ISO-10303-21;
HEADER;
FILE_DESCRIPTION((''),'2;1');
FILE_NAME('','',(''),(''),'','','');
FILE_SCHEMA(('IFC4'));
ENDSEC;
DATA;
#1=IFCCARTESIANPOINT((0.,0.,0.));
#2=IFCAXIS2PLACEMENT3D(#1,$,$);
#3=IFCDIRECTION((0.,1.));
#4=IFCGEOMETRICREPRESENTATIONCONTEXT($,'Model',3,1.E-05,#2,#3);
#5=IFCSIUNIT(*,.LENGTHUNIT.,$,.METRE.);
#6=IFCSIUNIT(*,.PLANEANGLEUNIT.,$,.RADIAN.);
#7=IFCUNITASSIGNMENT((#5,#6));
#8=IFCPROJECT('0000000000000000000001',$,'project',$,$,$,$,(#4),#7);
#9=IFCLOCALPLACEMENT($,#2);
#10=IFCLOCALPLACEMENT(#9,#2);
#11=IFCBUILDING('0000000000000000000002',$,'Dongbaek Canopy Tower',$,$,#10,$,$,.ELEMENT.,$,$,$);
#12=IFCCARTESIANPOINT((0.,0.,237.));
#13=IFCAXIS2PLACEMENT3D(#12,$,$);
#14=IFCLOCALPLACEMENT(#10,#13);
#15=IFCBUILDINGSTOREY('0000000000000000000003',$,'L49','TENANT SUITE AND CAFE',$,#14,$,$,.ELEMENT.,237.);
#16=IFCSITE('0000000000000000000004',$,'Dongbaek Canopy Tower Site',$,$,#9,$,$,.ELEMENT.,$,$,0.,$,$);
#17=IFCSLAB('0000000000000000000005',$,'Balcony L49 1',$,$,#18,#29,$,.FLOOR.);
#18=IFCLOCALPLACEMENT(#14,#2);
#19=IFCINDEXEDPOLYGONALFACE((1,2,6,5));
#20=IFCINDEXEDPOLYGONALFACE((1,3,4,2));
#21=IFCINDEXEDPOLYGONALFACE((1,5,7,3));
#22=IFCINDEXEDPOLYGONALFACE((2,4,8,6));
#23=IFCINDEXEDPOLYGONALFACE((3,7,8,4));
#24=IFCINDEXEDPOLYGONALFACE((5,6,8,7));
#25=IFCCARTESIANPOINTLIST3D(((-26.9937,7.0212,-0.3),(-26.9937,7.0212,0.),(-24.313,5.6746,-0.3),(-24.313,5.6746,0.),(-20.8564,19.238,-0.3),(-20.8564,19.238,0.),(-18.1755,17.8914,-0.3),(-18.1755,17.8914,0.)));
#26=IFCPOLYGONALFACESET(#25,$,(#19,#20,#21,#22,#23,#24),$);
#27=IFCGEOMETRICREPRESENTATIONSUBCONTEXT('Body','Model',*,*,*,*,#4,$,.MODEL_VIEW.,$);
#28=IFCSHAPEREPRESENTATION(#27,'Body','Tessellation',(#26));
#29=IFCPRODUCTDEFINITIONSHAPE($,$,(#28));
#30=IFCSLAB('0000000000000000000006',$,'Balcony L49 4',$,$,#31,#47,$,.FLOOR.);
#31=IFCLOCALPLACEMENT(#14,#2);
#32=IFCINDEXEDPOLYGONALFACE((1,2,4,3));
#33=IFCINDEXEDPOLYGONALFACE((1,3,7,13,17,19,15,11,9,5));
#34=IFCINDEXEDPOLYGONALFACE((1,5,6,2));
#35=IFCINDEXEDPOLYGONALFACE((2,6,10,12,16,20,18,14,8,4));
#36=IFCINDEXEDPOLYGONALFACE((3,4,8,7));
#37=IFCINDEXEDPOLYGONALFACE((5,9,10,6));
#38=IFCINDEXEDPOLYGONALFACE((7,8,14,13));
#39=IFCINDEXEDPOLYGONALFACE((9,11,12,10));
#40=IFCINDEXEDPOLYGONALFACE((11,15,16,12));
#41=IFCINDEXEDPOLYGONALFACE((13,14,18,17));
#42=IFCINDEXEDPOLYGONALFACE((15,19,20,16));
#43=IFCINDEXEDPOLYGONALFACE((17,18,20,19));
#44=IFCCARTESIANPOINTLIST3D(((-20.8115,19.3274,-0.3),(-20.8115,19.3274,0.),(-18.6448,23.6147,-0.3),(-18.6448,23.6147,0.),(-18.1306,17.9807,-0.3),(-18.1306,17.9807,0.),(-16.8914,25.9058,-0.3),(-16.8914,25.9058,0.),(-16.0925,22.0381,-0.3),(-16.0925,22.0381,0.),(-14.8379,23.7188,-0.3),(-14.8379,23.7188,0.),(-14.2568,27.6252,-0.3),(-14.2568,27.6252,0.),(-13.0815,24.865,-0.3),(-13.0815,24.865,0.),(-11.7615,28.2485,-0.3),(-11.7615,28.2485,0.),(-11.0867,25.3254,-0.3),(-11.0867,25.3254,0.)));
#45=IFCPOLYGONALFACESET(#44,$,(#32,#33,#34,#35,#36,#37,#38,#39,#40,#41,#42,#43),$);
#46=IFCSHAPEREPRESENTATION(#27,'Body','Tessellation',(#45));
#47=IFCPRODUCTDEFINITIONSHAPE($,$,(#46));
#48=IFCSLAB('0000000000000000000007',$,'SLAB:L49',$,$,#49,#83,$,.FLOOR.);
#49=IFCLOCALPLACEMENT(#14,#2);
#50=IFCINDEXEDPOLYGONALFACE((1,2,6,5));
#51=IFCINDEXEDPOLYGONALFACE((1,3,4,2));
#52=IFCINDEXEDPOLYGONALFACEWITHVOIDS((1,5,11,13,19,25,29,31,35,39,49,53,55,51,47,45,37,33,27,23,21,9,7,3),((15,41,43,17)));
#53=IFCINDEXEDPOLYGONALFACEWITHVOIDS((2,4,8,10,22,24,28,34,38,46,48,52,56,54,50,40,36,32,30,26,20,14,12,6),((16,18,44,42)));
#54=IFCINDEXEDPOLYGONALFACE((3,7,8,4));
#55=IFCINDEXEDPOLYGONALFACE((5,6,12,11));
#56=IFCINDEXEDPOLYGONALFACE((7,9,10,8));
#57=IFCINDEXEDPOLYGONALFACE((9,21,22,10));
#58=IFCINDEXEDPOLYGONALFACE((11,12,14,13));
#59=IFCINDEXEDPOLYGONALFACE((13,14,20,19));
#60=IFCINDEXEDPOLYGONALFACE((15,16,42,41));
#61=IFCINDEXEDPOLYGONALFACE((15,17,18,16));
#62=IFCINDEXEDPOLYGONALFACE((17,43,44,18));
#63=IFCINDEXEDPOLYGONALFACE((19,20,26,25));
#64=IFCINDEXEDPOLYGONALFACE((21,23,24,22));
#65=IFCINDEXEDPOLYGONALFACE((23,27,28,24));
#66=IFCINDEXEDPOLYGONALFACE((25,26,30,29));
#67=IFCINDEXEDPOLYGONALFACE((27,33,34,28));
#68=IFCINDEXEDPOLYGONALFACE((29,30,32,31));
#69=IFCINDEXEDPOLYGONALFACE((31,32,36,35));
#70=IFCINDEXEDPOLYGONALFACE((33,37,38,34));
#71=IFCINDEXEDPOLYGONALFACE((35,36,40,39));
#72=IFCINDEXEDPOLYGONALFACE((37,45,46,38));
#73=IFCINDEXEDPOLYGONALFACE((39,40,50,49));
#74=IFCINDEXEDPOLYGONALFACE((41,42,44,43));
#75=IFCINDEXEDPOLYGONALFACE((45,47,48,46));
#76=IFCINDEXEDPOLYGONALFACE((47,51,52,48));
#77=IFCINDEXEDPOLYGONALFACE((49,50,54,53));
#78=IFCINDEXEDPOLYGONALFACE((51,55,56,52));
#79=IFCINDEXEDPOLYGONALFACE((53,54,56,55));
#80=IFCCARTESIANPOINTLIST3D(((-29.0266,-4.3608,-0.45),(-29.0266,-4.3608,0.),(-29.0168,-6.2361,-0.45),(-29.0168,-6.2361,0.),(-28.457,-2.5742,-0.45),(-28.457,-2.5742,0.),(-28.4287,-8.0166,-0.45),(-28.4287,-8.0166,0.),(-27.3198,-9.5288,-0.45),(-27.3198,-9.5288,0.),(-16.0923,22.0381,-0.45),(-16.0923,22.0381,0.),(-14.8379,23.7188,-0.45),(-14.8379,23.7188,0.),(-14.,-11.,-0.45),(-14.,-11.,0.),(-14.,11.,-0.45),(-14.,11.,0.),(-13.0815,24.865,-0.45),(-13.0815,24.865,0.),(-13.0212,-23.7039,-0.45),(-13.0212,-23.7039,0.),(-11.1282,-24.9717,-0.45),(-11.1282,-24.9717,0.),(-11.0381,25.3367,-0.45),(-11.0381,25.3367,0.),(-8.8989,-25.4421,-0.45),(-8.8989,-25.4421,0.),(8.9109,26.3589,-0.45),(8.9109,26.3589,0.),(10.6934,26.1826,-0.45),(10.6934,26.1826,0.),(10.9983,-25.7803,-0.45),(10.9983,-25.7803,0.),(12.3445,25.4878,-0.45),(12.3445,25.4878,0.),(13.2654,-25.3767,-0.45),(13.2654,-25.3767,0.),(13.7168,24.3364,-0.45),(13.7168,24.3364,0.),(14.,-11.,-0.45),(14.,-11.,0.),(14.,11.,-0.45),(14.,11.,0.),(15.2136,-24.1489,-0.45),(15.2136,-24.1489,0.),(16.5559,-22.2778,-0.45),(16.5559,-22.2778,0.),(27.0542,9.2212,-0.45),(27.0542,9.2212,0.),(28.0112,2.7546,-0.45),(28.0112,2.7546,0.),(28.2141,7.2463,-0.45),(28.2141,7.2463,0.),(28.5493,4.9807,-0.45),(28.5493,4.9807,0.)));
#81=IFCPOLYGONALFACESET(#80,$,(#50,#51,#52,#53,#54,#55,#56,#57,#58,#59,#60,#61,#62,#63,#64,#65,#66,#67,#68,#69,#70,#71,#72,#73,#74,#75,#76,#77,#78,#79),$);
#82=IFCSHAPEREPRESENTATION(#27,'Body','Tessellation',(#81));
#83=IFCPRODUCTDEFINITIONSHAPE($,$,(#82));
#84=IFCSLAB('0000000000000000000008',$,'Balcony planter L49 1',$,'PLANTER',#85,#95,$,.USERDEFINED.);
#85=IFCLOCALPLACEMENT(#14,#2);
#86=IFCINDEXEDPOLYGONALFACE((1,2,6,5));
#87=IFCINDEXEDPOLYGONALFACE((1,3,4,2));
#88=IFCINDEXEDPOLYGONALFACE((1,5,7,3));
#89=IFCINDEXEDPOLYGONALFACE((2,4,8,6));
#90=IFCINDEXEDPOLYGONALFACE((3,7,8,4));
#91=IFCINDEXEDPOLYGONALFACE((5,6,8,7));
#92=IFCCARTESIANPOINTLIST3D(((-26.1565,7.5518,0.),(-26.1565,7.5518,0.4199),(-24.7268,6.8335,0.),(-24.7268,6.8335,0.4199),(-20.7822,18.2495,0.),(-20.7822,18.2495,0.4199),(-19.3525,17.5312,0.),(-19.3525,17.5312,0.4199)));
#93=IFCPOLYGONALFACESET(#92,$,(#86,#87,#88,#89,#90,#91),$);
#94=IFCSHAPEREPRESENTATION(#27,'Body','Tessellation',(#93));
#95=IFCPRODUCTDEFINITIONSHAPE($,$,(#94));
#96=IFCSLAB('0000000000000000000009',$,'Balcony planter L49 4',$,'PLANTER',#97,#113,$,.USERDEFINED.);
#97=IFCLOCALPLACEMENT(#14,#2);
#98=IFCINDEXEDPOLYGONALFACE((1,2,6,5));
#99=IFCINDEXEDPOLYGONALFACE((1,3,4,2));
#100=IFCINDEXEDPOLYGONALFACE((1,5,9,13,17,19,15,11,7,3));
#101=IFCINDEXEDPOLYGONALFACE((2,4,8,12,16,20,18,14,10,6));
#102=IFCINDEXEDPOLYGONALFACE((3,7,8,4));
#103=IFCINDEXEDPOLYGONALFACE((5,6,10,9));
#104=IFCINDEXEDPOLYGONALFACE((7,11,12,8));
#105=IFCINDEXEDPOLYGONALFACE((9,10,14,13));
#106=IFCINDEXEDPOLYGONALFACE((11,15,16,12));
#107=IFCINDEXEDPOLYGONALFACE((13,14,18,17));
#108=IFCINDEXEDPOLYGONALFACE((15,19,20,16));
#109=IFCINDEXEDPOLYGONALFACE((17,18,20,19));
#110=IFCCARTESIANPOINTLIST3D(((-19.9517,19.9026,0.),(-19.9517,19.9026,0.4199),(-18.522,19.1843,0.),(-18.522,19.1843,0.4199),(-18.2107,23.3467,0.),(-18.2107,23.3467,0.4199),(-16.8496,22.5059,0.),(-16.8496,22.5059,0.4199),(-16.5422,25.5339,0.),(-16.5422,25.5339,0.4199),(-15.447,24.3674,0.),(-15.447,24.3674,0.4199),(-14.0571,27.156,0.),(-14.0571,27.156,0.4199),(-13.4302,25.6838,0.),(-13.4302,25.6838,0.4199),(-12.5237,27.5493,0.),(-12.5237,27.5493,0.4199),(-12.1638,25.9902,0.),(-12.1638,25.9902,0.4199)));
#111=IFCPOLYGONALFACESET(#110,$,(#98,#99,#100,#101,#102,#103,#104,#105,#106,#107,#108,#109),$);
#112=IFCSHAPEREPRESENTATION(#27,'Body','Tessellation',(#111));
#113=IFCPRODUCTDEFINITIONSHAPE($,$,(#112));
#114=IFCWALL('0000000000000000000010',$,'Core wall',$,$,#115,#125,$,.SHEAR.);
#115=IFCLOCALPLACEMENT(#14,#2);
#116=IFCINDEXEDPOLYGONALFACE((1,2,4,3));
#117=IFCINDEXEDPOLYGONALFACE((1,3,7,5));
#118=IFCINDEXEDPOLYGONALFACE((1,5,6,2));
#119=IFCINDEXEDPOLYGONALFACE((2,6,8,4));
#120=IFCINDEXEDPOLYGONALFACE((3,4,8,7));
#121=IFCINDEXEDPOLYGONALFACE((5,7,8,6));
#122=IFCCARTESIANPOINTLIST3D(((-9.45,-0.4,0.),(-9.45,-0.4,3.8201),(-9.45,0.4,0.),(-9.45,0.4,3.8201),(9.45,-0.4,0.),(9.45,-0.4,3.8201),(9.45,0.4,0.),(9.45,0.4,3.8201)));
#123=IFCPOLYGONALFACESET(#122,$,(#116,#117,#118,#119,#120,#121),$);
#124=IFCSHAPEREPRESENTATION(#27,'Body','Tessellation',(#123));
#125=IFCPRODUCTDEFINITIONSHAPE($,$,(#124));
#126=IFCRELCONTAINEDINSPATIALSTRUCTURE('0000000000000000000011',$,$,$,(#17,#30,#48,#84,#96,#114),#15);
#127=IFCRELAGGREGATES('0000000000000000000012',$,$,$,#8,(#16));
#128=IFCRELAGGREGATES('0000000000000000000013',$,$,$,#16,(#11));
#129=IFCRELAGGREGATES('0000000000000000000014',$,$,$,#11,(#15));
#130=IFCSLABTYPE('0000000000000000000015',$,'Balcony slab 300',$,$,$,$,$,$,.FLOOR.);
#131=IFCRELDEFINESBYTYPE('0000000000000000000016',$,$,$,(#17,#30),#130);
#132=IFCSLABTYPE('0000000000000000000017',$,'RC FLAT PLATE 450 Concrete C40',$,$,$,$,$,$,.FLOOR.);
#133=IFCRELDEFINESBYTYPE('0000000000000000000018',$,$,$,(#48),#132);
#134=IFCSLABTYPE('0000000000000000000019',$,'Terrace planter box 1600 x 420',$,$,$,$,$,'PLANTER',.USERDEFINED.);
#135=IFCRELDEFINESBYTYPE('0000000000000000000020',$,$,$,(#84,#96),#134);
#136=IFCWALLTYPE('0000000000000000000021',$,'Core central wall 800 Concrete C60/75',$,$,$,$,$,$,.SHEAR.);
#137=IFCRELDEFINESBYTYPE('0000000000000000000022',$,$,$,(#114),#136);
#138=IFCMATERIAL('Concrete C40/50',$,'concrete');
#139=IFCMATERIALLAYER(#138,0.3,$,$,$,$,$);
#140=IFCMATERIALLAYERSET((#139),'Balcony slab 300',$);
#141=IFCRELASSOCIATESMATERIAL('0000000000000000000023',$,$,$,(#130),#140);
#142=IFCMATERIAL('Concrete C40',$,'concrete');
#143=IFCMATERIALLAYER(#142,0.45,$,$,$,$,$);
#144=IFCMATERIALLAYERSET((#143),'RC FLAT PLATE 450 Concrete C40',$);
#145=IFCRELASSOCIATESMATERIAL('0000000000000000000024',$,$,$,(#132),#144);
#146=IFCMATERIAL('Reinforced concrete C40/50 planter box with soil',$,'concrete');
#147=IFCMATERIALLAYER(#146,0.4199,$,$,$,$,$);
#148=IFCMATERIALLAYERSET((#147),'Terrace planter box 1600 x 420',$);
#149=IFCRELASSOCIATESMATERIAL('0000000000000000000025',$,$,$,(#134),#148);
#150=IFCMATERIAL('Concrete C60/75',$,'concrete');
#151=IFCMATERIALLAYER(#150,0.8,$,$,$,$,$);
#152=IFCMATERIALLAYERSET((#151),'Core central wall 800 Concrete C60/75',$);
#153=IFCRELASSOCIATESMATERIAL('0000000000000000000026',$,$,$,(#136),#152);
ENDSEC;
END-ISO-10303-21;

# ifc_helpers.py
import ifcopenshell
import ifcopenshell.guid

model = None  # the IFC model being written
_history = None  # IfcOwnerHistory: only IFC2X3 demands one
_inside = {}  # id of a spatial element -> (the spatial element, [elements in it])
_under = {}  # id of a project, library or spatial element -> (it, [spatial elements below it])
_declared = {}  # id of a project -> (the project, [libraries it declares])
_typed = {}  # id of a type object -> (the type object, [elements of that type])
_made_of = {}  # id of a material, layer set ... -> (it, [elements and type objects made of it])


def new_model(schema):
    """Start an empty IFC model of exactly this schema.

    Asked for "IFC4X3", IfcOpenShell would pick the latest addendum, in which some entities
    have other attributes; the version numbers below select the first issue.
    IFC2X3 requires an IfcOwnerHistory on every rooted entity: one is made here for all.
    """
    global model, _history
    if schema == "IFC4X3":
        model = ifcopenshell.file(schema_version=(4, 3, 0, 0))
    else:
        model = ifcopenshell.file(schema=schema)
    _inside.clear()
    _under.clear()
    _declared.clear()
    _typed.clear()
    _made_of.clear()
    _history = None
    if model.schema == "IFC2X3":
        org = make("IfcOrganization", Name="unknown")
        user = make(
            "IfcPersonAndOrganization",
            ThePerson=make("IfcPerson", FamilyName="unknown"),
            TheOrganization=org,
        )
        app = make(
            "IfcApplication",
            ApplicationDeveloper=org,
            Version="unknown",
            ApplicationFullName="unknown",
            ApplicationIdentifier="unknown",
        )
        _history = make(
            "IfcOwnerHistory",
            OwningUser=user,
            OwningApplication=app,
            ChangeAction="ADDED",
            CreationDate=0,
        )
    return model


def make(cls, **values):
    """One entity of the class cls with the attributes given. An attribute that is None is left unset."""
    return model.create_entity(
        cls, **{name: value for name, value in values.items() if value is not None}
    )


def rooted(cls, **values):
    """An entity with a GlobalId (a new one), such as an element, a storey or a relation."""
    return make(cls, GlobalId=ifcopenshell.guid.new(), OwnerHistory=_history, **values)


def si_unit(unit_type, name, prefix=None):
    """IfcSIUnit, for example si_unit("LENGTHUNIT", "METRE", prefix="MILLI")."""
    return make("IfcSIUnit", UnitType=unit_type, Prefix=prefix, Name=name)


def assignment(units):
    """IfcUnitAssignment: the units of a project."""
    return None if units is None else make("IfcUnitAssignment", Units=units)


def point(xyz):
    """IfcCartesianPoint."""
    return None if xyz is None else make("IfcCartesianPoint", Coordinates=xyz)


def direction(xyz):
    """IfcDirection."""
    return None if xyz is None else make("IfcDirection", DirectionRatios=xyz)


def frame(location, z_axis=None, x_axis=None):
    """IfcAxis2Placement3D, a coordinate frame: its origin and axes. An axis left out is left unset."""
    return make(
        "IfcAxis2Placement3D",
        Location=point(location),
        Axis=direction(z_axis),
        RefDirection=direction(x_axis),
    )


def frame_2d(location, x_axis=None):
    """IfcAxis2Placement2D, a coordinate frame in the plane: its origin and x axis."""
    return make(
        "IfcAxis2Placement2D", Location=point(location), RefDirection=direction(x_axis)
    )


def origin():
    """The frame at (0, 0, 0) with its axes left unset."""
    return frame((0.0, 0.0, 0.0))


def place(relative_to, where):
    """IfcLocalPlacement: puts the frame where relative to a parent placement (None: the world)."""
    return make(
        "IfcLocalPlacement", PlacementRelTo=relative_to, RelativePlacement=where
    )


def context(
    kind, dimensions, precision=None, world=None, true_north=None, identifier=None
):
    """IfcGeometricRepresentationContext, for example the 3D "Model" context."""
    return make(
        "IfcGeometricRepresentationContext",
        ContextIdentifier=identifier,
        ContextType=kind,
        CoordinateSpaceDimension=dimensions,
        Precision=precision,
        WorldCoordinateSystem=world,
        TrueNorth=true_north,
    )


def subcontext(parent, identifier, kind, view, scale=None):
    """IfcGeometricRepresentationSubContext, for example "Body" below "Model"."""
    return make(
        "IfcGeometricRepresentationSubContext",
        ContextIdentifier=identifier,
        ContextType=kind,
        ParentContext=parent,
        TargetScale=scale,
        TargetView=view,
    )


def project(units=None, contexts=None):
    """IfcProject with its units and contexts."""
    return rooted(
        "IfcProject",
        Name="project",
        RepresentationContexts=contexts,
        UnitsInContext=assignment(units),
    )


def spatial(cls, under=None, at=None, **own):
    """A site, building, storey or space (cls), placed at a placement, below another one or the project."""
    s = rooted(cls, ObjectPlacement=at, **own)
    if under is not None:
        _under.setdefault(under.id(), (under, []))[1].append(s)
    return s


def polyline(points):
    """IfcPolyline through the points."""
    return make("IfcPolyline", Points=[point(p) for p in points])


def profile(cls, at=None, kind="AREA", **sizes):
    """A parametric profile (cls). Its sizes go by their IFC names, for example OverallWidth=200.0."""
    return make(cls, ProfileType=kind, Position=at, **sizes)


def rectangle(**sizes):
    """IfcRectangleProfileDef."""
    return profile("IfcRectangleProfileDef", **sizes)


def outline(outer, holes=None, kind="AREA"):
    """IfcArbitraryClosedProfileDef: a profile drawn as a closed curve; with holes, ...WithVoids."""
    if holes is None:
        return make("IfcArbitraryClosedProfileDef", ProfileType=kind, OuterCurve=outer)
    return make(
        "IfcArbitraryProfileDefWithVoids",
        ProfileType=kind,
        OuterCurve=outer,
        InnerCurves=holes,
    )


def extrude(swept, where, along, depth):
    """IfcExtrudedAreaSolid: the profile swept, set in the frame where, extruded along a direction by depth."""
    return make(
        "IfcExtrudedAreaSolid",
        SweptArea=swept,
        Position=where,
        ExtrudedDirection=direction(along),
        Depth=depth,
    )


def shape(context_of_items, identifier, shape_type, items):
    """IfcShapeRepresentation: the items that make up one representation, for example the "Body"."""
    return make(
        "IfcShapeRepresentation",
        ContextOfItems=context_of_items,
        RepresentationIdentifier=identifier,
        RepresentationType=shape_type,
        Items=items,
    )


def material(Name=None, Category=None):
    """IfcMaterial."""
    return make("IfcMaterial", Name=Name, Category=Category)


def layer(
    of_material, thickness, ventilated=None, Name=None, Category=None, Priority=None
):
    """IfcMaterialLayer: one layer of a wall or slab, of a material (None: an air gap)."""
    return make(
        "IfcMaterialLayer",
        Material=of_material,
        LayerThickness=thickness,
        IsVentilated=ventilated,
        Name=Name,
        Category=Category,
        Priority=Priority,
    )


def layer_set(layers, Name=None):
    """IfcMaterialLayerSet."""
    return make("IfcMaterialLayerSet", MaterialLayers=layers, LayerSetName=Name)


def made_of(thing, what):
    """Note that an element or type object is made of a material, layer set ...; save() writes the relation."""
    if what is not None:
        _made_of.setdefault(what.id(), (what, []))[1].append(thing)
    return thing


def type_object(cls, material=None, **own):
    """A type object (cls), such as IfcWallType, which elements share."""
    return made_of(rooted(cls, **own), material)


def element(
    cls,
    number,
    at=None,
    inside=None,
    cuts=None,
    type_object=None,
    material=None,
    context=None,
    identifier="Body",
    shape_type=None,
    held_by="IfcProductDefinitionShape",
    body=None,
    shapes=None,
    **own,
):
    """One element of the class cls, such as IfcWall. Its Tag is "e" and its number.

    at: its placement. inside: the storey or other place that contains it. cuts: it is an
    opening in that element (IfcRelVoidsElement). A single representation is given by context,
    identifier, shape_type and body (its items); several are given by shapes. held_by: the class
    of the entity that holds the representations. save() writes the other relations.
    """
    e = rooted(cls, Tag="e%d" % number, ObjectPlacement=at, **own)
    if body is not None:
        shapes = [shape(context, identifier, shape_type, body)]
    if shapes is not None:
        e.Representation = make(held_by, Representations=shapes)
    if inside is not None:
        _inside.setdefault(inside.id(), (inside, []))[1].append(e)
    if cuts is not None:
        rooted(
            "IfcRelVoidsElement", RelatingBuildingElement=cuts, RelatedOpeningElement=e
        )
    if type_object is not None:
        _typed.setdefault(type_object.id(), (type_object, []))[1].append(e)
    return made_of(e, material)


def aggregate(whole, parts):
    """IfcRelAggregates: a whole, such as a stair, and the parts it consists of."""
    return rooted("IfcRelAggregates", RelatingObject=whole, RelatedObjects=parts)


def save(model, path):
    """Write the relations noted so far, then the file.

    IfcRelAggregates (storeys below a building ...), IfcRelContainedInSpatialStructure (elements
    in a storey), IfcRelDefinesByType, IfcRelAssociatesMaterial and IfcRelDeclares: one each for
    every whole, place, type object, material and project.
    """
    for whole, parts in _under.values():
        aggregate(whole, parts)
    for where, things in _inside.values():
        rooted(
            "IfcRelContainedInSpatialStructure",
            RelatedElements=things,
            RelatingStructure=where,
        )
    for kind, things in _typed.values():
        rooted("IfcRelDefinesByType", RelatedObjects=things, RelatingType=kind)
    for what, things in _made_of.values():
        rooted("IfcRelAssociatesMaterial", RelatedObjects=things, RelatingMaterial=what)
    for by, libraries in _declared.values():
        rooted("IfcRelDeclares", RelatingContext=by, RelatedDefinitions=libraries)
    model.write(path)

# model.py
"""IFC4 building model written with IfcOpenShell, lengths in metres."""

from ifc_helpers import new_model, si_unit, direction, frame, frame_2d, origin, place, context, subcontext, project, spatial, polyline, rectangle, outline, extrude, material, layer, layer_set, type_object, element, save


model = new_model("IFC4")

# Units and contexts
model_context = context("Model", 3, precision=1e-05, world=origin(), true_north=direction((0.0, 1.0)))
body_context = subcontext(model_context, "Body", "Model", "MODEL_VIEW")
ifc_project = project(units=[si_unit("LENGTHUNIT", "METRE"), si_unit("PLANEANGLEUNIT", "RADIAN")], contexts=[model_context])

# Site, building, storey
site_placement = place(None, origin())
site = spatial("IfcSite", under=ifc_project, at=site_placement, Name="Dongbaek Canopy Tower Site", CompositionType="ELEMENT", RefElevation=0.0)
building_placement = place(site_placement, origin())
building = spatial("IfcBuilding", under=site, at=building_placement, Name="Dongbaek Canopy Tower", CompositionType="ELEMENT")
storey_placement = place(building_placement, frame((0.0, 0.0, 237.0)))
storey = spatial("IfcBuildingStorey", under=building, at=storey_placement, Name="L49", Description="TENANT SUITE AND CAFE", CompositionType="ELEMENT", Elevation=237.0)

# Slabs
ifc_material_1 = material(Name="Concrete C40/50", Category="concrete")
ifc_layer_1 = layer(ifc_material_1, 0.3)
ifc_layer_set_1 = layer_set([ifc_layer_1], Name="Balcony slab 300")
slab_type_1 = type_object("IfcSlabType", Name="Balcony slab 300", PredefinedType="FLOOR", material=ifc_layer_set_1)
slab_1_placement = place(storey_placement, frame((0.0, 0.0, -0.3)))
element("IfcSlab", 1, at=slab_1_placement, inside=storey, type_object=slab_type_1, Name="Balcony L49 1", PredefinedType="FLOOR", context=body_context, shape_type="SweptSolid", body=[
    extrude(outline(polyline([(-18.1755, 17.8914), (-24.313, 5.6746), (-26.9937, 7.0212), (-20.8564, 19.238), (-18.1755, 17.8914)])), origin(), (0.0, 0.0, 1.0), 0.3),
])
slab_2_placement = place(storey_placement, frame((0.0, 0.0, -0.3)))
element("IfcSlab", 2, at=slab_2_placement, inside=storey, type_object=slab_type_1, Name="Balcony L49 4", PredefinedType="FLOOR", context=body_context, shape_type="SweptSolid", body=[
    extrude(outline(polyline([(-11.0867, 25.3254), (-13.0815, 24.865), (-14.8379, 23.7188), (-16.0925, 22.0381), (-18.1306, 17.9807), (-20.8115, 19.3274), (-18.6448, 23.6147), (-16.8914, 25.9058), (-14.2568, 27.6252), (-11.7615, 28.2485), (-11.0867, 25.3254)])), origin(), (0.0, 0.0, 1.0), 0.3),
])
ifc_material_2 = material(Name="Concrete C40", Category="concrete")
ifc_layer_2 = layer(ifc_material_2, 0.45)
ifc_layer_set_2 = layer_set([ifc_layer_2], Name="RC FLAT PLATE 450 Concrete C40")
slab_type_2 = type_object("IfcSlabType", Name="RC FLAT PLATE 450 Concrete C40", PredefinedType="FLOOR", material=ifc_layer_set_2)
slab_3_placement = place(storey_placement, frame((0.0, 0.0, -0.45)))
element("IfcSlab", 3, at=slab_3_placement, inside=storey, type_object=slab_type_2, Name="SLAB:L49", PredefinedType="FLOOR", context=body_context, shape_type="SweptSolid", body=[
    extrude(outline(polyline([(16.5559, -22.2778), (15.2136, -24.1489), (13.2654, -25.3767), (10.9983, -25.7803), (-8.8989, -25.4421), (-11.1282, -24.9717), (-13.0212, -23.7039), (-27.3198, -9.5288), (-28.4287, -8.0166), (-29.0168, -6.2361), (-29.0266, -4.3608), (-28.457, -2.5742), (-16.0923, 22.0381), (-14.8379, 23.7188), (-13.0815, 24.865), (-11.0381, 25.3367), (8.9109, 26.3589), (10.6934, 26.1826), (12.3445, 25.4878), (13.7168, 24.3364), (27.0542, 9.2212), (28.2141, 7.2463), (28.5493, 4.9807), (28.0112, 2.7546), (16.5559, -22.2778)]), holes=[polyline([(14.0, 11.0), (-14.0, 11.0), (-14.0, -11.0), (14.0, -11.0), (14.0, 11.0)])]), origin(), (0.0, 0.0, 1.0), 0.45),
])
ifc_material_3 = material(Name="Reinforced concrete C40/50 planter box with soil", Category="concrete")
ifc_layer_3 = layer(ifc_material_3, 0.4199)
ifc_layer_set_3 = layer_set([ifc_layer_3], Name="Terrace planter box 1600 x 420")
slab_type_3 = type_object("IfcSlabType", Name="Terrace planter box 1600 x 420", ElementType="PLANTER", PredefinedType="USERDEFINED", material=ifc_layer_set_3)
slab_4_placement = place(storey_placement, origin())
element("IfcSlab", 4, at=slab_4_placement, inside=storey, type_object=slab_type_3, Name="Balcony planter L49 1", ObjectType="PLANTER", PredefinedType="USERDEFINED", context=body_context, shape_type="SweptSolid", body=[
    extrude(outline(polyline([(-19.3525, 17.5312), (-24.7268, 6.8335), (-26.1565, 7.5518), (-20.7822, 18.2495), (-19.3525, 17.5312)])), origin(), (0.0, 0.0, 1.0), 0.4199),
])
slab_5_placement = place(storey_placement, origin())
element("IfcSlab", 5, at=slab_5_placement, inside=storey, type_object=slab_type_3, Name="Balcony planter L49 4", ObjectType="PLANTER", PredefinedType="USERDEFINED", context=body_context, shape_type="SweptSolid", body=[
    extrude(outline(polyline([(-12.1638, 25.9902), (-13.4302, 25.6838), (-15.447, 24.3674), (-16.8496, 22.5059), (-18.522, 19.1843), (-19.9517, 19.9026), (-18.2107, 23.3467), (-16.5422, 25.5339), (-14.0571, 27.156), (-12.5237, 27.5493), (-12.1638, 25.9902)])), origin(), (0.0, 0.0, 1.0), 0.4199),
])

# Wall
ifc_material_4 = material(Name="Concrete C60/75", Category="concrete")
ifc_layer_4 = layer(ifc_material_4, 0.8)
ifc_layer_set_4 = layer_set([ifc_layer_4], Name="Core central wall 800 Concrete C60/75")
wall_type_1 = type_object("IfcWallType", Name="Core central wall 800 Concrete C60/75", PredefinedType="SHEAR", material=ifc_layer_set_4)
wall_1_placement = place(storey_placement, frame((-9.45, 0.0, 0.0), z_axis=(0.0, 0.0, 1.0), x_axis=(1.0, 0.0, 0.0)))
element("IfcWall", 6, at=wall_1_placement, inside=storey, type_object=wall_type_1, Name="Core wall", PredefinedType="SHEAR", context=body_context, shape_type="SweptSolid", body=[
    extrude(rectangle(XDim=18.8999, YDim=0.8, at=frame_2d((9.45, 0.0))), origin(), (0.0, 0.0, 1.0), 3.8201),
])

save(model, "model.ifc")
